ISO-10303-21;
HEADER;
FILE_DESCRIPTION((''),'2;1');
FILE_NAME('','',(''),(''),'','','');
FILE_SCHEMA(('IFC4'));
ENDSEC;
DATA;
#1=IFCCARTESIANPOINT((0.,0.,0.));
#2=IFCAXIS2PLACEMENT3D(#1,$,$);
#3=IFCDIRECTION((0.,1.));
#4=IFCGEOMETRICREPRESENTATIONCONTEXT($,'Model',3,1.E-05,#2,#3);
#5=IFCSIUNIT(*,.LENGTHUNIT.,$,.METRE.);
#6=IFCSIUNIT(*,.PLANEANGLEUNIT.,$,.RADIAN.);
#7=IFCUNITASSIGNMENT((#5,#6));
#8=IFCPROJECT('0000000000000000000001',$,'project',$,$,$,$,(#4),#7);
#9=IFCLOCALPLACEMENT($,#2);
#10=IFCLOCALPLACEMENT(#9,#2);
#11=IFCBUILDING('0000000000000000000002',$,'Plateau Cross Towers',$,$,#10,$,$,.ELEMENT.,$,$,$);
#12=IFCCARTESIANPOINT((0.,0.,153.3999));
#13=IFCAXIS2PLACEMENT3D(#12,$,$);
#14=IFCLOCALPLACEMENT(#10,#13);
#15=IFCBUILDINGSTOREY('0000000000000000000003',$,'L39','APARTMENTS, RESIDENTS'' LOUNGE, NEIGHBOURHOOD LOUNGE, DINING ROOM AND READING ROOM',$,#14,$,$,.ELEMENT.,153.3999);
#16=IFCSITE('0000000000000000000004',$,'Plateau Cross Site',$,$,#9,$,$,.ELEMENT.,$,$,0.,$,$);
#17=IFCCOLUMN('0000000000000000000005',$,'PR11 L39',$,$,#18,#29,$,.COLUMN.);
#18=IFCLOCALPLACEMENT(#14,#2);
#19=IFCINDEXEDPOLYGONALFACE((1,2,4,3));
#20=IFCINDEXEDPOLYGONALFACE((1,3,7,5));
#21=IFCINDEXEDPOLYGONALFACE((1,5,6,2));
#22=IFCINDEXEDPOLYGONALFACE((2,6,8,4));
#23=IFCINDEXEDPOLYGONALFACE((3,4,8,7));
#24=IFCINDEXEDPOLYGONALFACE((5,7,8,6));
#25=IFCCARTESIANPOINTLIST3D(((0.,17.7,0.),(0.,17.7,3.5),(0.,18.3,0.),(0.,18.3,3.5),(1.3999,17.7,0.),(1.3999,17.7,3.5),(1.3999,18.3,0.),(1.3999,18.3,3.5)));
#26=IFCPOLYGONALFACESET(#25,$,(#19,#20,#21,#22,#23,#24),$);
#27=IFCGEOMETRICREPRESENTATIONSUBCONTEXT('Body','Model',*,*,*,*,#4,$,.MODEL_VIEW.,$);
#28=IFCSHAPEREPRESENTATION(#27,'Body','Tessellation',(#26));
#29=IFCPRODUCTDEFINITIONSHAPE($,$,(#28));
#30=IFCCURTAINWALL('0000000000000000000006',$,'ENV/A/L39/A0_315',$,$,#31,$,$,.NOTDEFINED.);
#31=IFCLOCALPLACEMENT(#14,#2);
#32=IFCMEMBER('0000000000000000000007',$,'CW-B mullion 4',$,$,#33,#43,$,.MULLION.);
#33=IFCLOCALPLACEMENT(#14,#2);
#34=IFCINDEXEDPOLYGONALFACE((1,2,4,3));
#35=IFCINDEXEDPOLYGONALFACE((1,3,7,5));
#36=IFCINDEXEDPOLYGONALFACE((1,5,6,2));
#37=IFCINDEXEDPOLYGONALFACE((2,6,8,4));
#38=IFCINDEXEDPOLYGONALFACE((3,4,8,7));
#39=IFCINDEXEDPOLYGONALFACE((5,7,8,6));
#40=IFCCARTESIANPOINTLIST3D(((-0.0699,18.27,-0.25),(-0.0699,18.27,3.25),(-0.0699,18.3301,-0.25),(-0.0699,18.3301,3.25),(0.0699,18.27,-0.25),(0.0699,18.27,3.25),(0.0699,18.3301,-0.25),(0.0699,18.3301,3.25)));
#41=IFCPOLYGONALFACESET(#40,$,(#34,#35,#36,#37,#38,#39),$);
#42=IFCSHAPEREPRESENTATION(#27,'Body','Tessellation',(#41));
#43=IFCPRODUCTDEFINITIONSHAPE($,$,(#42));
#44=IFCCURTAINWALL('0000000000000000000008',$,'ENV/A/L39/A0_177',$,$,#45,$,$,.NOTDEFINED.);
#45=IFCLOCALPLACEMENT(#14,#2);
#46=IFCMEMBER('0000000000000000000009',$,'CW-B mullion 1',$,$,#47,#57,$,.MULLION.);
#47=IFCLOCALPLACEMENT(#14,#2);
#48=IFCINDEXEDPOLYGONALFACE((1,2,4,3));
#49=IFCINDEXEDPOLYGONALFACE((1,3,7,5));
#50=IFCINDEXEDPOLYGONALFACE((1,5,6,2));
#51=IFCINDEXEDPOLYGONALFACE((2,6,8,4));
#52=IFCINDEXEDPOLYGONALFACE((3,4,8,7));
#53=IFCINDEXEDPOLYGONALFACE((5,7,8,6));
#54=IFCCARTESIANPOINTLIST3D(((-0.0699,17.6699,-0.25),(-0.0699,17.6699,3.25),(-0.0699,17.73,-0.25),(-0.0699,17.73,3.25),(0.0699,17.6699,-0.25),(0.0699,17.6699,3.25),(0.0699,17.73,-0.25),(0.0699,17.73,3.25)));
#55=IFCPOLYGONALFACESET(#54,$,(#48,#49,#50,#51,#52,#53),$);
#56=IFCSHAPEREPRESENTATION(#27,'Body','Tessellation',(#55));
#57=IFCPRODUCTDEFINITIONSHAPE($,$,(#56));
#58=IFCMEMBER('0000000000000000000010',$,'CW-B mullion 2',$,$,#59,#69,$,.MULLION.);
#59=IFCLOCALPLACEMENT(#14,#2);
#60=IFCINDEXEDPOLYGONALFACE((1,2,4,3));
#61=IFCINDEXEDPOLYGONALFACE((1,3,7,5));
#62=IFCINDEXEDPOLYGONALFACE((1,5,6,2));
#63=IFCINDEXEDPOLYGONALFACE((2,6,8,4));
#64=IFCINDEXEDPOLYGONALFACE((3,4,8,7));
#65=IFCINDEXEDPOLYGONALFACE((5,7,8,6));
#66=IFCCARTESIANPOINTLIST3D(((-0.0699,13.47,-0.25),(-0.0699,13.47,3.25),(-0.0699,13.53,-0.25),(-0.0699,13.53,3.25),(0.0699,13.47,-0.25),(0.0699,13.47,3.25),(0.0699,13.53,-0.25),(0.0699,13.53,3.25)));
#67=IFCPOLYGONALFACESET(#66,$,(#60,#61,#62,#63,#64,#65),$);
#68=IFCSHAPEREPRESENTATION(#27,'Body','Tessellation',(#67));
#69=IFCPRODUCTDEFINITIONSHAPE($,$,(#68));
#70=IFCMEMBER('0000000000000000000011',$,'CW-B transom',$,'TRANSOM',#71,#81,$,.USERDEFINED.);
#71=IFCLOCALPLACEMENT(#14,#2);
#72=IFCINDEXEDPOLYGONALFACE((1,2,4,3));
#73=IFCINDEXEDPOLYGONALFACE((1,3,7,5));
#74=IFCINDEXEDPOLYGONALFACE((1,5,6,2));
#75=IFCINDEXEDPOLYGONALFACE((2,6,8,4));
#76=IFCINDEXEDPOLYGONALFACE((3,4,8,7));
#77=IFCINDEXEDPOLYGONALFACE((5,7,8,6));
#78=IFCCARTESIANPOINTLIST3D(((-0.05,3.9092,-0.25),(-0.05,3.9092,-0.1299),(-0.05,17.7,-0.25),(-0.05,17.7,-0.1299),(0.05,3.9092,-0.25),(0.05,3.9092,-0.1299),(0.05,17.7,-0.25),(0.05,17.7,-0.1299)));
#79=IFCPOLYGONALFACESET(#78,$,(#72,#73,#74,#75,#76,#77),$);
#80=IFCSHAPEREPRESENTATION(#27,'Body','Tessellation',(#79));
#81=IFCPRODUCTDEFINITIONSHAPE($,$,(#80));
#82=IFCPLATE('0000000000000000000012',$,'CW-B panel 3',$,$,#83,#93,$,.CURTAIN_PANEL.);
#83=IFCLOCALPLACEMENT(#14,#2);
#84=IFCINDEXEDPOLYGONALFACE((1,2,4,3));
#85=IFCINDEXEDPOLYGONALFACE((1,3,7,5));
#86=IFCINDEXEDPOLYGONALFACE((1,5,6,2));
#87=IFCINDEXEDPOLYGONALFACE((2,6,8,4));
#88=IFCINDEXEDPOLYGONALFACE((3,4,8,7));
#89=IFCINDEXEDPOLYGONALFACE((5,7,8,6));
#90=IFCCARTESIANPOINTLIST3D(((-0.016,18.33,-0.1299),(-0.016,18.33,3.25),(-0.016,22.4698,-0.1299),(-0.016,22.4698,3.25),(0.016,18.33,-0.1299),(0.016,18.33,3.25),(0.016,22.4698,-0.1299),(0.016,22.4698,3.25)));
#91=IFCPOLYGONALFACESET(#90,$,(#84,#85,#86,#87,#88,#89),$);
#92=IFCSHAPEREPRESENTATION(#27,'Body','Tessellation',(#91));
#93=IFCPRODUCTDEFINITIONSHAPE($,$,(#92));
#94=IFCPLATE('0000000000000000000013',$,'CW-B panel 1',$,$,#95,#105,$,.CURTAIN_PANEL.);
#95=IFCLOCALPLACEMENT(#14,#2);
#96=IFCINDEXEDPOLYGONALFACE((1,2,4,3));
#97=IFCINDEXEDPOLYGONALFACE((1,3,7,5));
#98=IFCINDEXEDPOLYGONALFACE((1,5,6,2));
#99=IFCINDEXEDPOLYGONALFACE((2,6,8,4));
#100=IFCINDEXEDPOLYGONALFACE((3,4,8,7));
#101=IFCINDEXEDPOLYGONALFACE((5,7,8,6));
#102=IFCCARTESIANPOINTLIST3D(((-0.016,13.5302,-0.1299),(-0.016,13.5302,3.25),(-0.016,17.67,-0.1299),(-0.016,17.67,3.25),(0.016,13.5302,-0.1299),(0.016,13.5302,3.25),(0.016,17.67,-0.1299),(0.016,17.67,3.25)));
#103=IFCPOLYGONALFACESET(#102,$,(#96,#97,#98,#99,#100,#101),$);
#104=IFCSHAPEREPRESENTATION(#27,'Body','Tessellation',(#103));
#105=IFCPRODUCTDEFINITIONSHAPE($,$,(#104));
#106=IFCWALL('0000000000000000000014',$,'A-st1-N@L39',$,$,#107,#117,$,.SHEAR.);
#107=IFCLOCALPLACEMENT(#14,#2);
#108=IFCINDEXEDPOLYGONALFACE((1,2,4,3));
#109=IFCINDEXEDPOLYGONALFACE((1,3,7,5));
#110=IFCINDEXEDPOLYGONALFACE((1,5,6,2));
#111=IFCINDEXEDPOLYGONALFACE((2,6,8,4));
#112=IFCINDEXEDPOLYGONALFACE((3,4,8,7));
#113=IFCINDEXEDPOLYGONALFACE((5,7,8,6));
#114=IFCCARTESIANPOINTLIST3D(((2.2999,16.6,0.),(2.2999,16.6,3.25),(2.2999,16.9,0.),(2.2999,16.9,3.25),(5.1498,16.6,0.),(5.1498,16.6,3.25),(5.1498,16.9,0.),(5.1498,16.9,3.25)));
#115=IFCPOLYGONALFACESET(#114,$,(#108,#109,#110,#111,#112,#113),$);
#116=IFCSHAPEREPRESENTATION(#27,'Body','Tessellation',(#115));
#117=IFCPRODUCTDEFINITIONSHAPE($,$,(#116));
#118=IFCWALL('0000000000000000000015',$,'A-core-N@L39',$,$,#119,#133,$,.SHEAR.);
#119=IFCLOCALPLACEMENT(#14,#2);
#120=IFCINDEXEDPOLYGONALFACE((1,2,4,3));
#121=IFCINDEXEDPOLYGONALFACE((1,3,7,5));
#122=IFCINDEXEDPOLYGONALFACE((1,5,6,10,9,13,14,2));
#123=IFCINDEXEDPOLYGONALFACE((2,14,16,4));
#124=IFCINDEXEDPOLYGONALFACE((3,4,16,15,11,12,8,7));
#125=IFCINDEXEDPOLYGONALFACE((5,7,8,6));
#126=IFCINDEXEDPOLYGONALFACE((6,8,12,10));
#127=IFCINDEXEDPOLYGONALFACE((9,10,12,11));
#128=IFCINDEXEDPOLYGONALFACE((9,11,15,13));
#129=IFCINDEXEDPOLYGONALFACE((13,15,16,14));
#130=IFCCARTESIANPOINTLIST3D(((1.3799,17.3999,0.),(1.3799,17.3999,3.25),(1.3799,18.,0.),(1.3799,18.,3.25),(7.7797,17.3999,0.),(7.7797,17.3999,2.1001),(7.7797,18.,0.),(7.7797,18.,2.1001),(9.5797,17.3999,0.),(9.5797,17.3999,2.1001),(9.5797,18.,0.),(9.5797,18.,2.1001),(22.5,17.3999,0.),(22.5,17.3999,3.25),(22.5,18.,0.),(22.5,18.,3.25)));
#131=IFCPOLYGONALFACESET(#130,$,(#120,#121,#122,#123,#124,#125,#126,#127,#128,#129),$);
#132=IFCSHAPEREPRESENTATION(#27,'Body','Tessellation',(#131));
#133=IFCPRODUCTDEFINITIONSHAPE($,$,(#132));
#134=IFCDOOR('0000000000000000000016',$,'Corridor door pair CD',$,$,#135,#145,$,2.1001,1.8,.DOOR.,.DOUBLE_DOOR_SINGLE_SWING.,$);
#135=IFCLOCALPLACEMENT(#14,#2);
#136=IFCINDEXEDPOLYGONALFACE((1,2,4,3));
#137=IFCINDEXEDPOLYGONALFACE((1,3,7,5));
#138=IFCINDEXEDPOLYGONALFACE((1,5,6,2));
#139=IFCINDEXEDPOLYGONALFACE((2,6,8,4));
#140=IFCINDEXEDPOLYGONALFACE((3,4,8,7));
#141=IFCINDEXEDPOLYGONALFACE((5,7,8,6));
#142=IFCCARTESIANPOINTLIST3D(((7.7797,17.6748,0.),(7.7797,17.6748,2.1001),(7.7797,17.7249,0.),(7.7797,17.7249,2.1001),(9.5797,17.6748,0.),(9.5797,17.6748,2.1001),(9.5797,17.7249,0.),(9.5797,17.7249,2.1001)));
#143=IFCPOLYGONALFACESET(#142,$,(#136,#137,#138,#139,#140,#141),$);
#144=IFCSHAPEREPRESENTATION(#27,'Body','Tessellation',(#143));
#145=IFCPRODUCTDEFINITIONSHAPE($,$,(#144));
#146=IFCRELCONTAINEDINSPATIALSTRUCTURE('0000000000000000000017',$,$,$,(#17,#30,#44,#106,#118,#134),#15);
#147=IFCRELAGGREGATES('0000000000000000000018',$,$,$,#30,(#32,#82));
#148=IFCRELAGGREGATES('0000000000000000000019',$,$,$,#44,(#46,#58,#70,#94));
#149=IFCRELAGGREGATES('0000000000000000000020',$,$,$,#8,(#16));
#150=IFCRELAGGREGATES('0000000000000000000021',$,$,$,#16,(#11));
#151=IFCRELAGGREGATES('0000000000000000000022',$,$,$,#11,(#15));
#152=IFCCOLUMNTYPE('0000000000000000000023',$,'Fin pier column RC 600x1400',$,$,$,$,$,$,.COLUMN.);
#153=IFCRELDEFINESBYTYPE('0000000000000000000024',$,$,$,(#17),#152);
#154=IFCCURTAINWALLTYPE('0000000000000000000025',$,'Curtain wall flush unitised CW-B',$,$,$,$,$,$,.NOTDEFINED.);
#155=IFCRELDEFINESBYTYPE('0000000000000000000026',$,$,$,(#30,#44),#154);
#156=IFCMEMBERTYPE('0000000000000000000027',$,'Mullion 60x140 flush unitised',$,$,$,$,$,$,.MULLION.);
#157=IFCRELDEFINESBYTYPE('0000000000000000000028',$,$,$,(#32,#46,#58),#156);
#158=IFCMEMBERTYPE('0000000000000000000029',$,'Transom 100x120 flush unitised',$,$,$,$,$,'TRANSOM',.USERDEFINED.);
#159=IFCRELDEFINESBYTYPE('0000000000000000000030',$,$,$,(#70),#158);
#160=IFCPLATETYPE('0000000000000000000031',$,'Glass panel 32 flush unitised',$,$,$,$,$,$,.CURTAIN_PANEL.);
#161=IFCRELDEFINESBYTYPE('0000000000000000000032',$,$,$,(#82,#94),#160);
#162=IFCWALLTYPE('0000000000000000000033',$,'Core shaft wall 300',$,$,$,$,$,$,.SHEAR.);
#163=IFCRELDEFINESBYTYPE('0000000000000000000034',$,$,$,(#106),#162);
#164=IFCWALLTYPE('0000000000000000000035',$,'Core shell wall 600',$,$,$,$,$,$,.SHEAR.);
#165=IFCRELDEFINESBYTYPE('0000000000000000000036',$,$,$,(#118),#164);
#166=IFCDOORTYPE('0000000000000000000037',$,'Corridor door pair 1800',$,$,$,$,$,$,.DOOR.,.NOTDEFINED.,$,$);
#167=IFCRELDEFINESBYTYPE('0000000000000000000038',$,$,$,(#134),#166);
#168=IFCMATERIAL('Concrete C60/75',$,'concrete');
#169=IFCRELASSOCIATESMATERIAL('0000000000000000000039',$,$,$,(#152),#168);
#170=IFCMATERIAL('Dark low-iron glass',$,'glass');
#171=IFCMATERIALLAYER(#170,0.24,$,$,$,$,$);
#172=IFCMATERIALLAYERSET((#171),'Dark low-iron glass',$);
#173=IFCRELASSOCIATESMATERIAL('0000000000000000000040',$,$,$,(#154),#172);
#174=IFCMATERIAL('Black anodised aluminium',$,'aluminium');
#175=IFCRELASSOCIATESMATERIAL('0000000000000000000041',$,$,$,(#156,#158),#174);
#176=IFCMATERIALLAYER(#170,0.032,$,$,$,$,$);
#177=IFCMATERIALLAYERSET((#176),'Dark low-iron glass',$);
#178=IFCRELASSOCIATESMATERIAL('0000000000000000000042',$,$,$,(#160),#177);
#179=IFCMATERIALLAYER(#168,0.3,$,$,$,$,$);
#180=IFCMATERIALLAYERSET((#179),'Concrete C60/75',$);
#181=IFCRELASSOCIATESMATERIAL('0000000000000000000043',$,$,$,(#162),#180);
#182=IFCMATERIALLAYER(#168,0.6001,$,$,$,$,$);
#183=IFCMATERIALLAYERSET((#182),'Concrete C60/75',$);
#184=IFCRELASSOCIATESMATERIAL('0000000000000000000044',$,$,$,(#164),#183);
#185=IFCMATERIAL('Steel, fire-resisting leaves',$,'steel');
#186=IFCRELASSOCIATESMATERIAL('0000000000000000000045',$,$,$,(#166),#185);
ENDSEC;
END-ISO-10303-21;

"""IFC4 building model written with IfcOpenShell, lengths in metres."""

from ifc_helpers import new_model, si_unit, direction, frame, frame_2d, origin, origin_2d, place, context, subcontext, project, spatial, rectangle, extrude, material, layer, layer_set, material_profile, profile_set, type_object, element, fill, aggregate, save


model = new_model("IFC4")

# Units and contexts
model_context = context("Model", 3, precision=1e-05, world=origin(), true_north=direction((0.0, 1.0)))
body_context = subcontext(model_context, "Body", "Model", "MODEL_VIEW")
ifc_project = project(units=[si_unit("LENGTHUNIT", "METRE"), si_unit("PLANEANGLEUNIT", "RADIAN")], contexts=[model_context])

# Site, building, storey
site_placement = place(None, origin())
site = spatial("IfcSite", under=ifc_project, at=site_placement, Name="Plateau Cross Site", CompositionType="ELEMENT", RefElevation=0.0)
building_placement = place(site_placement, origin())
building = spatial("IfcBuilding", under=site, at=building_placement, Name="Plateau Cross Towers", CompositionType="ELEMENT")
storey_placement = place(building_placement, frame((0.0, 0.0, 153.3999)))
storey = spatial("IfcBuildingStorey", under=building, at=storey_placement, Name="L39", Description="APARTMENTS, RESIDENTS' LOUNGE, NEIGHBOURHOOD LOUNGE, DINING ROOM AND READING ROOM", CompositionType="ELEMENT", Elevation=153.3999)

# Column
ifc_material_1 = material(Name="Concrete C60/75", Category="concrete")
ifc_material_profile_1 = material_profile(ifc_material_1, rectangle(XDim=0.6001, YDim=1.3999, at=origin_2d()), Name="RC 600x1400")
ifc_profile_set_1 = profile_set([ifc_material_profile_1], Name="Concrete C60/75")
column_type = type_object("IfcColumnType", Name="Fin pier column RC 600x1400", PredefinedType="COLUMN", material=ifc_profile_set_1)
column_placement = place(storey_placement, frame((0.7, 18.0, 0.0), z_axis=(0.0, 0.0, 1.0), x_axis=(0.0, 1.0, 0.0)))
element("IfcColumn", 1, at=column_placement, inside=storey, type_object=column_type, Name="PR11 L39", PredefinedType="COLUMN", context=body_context, shape_type="SweptSolid", body=[
    extrude(rectangle(XDim=0.6001, YDim=1.3999, at=origin_2d()), origin(), (0.0, 0.0, 1.0), 3.5),
])

# Curtain wall, member
ifc_material_2 = material(Name="Dark low-iron glass", Category="glass")
ifc_layer_1 = layer(ifc_material_2, 0.24)
ifc_layer_set_1 = layer_set([ifc_layer_1], Name="Dark low-iron glass")
curtain_wall_type = type_object("IfcCurtainWallType", Name="Curtain wall flush unitised CW-B", PredefinedType="NOTDEFINED", material=ifc_layer_set_1)
curtain_wall_1_placement = place(storey_placement, origin())
curtain_wall_1 = element("IfcCurtainWall", 2, at=curtain_wall_1_placement, inside=storey, type_object=curtain_wall_type, Name="ENV/A/L39/A0_315", PredefinedType="NOTDEFINED")
ifc_material_3 = material(Name="Black anodised aluminium", Category="aluminium")
ifc_material_profile_2 = material_profile(ifc_material_3, rectangle(XDim=0.0601, YDim=0.1399, at=origin_2d()), Name="MULLION 60x140")
ifc_profile_set_2 = profile_set([ifc_material_profile_2], Name="Black anodised aluminium")
member_type_1 = type_object("IfcMemberType", Name="Mullion 60x140 flush unitised", PredefinedType="MULLION", material=ifc_profile_set_2)
member_1_placement = place(storey_placement, frame((0.0, 18.3, -0.25), z_axis=(0.0, 0.0, 1.0), x_axis=(0.0, -1.0, 0.0)))
member_1 = element("IfcMember", 3, at=member_1_placement, type_object=member_type_1, Name="CW-B mullion 4", PredefinedType="MULLION", context=body_context, shape_type="SweptSolid", body=[
    extrude(rectangle(XDim=0.0601, YDim=0.1399, at=origin_2d()), origin(), (0.0, 0.0, 1.0), 3.5),
])

# Curtain wall, members
curtain_wall_2_placement = place(storey_placement, origin())
curtain_wall_2 = element("IfcCurtainWall", 4, at=curtain_wall_2_placement, inside=storey, type_object=curtain_wall_type, Name="ENV/A/L39/A0_177", PredefinedType="NOTDEFINED")
member_2_placement = place(storey_placement, frame((0.0, 17.7, -0.25), z_axis=(0.0, 0.0, 1.0), x_axis=(0.0, -1.0, 0.0)))
member_2 = element("IfcMember", 5, at=member_2_placement, type_object=member_type_1, Name="CW-B mullion 1", PredefinedType="MULLION", context=body_context, shape_type="SweptSolid", body=[
    extrude(rectangle(XDim=0.0601, YDim=0.1399, at=origin_2d()), origin(), (0.0, 0.0, 1.0), 3.5),
])
member_3_placement = place(storey_placement, frame((0.0, 13.5, -0.25), z_axis=(0.0, 0.0, 1.0), x_axis=(0.0, -1.0, 0.0)))
member_3 = element("IfcMember", 6, at=member_3_placement, type_object=member_type_1, Name="CW-B mullion 2", PredefinedType="MULLION", context=body_context, shape_type="SweptSolid", body=[
    extrude(rectangle(XDim=0.0601, YDim=0.1399, at=origin_2d()), origin(), (0.0, 0.0, 1.0), 3.5),
])
ifc_material_profile_3 = material_profile(ifc_material_3, rectangle(XDim=0.1001, YDim=0.1201, at=origin_2d()), Name="TRANSOM 100x120")
ifc_profile_set_3 = profile_set([ifc_material_profile_3], Name="Black anodised aluminium")
member_type_2 = type_object("IfcMemberType", Name="Transom 100x120 flush unitised", ElementType="TRANSOM", PredefinedType="USERDEFINED", material=ifc_profile_set_3)
member_4_placement = place(storey_placement, frame((0.0, 17.7, -0.1899), z_axis=(0.0, -1.0, 0.0), x_axis=(1.0, 0.0, 0.0)))
member_4 = element("IfcMember", 7, at=member_4_placement, type_object=member_type_2, Name="CW-B transom", ObjectType="TRANSOM", PredefinedType="USERDEFINED", context=body_context, shape_type="SweptSolid", body=[
    extrude(rectangle(XDim=0.1001, YDim=0.1201, at=origin_2d()), origin(), (0.0, 0.0, 1.0), 13.7908),
])

# Plates
ifc_layer_2 = layer(ifc_material_2, 0.032)
ifc_layer_set_2 = layer_set([ifc_layer_2], Name="Dark low-iron glass")
plate_type = type_object("IfcPlateType", Name="Glass panel 32 flush unitised", PredefinedType="CURTAIN_PANEL", material=ifc_layer_set_2)
plate_1_placement = place(storey_placement, frame((0.0, 20.3999, -0.1299), z_axis=(0.0, 0.0, 1.0), x_axis=(0.0, -1.0, 0.0)))
plate_1 = element("IfcPlate", 8, at=plate_1_placement, type_object=plate_type, Name="CW-B panel 3", PredefinedType="CURTAIN_PANEL", context=body_context, shape_type="SweptSolid", body=[
    extrude(rectangle(XDim=4.1399, YDim=0.032, at=origin_2d()), origin(), (0.0, 0.0, 1.0), 3.3799),
])
aggregate(curtain_wall_1, [member_1, plate_1])
plate_2_placement = place(storey_placement, frame((0.0, 15.6001, -0.1299), z_axis=(0.0, 0.0, 1.0), x_axis=(0.0, -1.0, 0.0)))
plate_2 = element("IfcPlate", 9, at=plate_2_placement, type_object=plate_type, Name="CW-B panel 1", PredefinedType="CURTAIN_PANEL", context=body_context, shape_type="SweptSolid", body=[
    extrude(rectangle(XDim=4.1399, YDim=0.032, at=origin_2d()), origin(), (0.0, 0.0, 1.0), 3.3799),
])
aggregate(curtain_wall_2, [member_2, member_3, member_4, plate_2])

# Wall
ifc_layer_3 = layer(ifc_material_1, 0.3)
ifc_layer_set_3 = layer_set([ifc_layer_3], Name="Concrete C60/75")
wall_type_1 = type_object("IfcWallType", Name="Core shaft wall 300", PredefinedType="SHEAR", material=ifc_layer_set_3)
wall_1_placement = place(storey_placement, frame((2.3, 16.75, 0.0), z_axis=(0.0, 0.0, 1.0), x_axis=(1.0, 0.0, 0.0)))
element("IfcWall", 10, at=wall_1_placement, inside=storey, type_object=wall_type_1, Name="A-st1-N@L39", PredefinedType="SHEAR", context=body_context, shape_type="SweptSolid", body=[
    extrude(rectangle(XDim=2.8499, YDim=0.3, at=frame_2d((1.4248, 0.0))), origin(), (0.0, 0.0, 1.0), 3.25),
])

# Wall, opening, door
ifc_layer_4 = layer(ifc_material_1, 0.6001)
ifc_layer_set_4 = layer_set([ifc_layer_4], Name="Concrete C60/75")
wall_type_2 = type_object("IfcWallType", Name="Core shell wall 600", PredefinedType="SHEAR", material=ifc_layer_set_4)
wall_2_placement = place(storey_placement, frame((1.3799, 17.7, 0.0), z_axis=(0.0, 0.0, 1.0), x_axis=(1.0, 0.0, 0.0)))
wall_2 = element("IfcWall", 11, at=wall_2_placement, inside=storey, type_object=wall_type_2, Name="A-core-N@L39", PredefinedType="SHEAR", context=body_context, shape_type="SweptSolid", body=[
    extrude(rectangle(XDim=21.1201, YDim=0.6001, at=frame_2d((10.5601, 0.0))), origin(), (0.0, 0.0, 1.0), 3.25),
])
opening_placement = place(wall_2_placement, frame((6.3999, 0.0, 0.0)))
opening = element("IfcOpeningElement", 12, at=opening_placement, cuts=wall_2, PredefinedType="OPENING", context=body_context, shape_type="SweptSolid", body=[
    extrude(rectangle(XDim=1.8, YDim=2.1001, at=frame_2d((0.8999, 1.05))), frame((0.0, 0.3101, 0.0), z_axis=(0.0, -1.0, 0.0), x_axis=(1.0, 0.0, 0.0)), (0.0, 0.0, 1.0), 0.6201),
])
ifc_material_4 = material(Name="Steel, fire-resisting leaves", Category="steel")
door_type = type_object("IfcDoorType", Name="Corridor door pair 1800", OperationType="NOTDEFINED", PredefinedType="DOOR", material=ifc_material_4)
door_placement = place(opening_placement, origin())
door = element("IfcDoor", 13, at=door_placement, inside=storey, type_object=door_type, Name="Corridor door pair CD", OperationType="DOUBLE_DOOR_SINGLE_SWING", OverallHeight=2.1001, OverallWidth=1.8, PredefinedType="DOOR", context=body_context, shape_type="SweptSolid", body=[
    extrude(rectangle(XDim=1.8, YDim=2.1001, at=frame_2d((0.8999, 1.05))), frame((0.0, 0.0249, 0.0), z_axis=(0.0, -1.0, 0.0), x_axis=(1.0, 0.0, 0.0)), (0.0, 0.0, 1.0), 0.05),
])
fill(opening, door)

save(model, "model.ifc")
